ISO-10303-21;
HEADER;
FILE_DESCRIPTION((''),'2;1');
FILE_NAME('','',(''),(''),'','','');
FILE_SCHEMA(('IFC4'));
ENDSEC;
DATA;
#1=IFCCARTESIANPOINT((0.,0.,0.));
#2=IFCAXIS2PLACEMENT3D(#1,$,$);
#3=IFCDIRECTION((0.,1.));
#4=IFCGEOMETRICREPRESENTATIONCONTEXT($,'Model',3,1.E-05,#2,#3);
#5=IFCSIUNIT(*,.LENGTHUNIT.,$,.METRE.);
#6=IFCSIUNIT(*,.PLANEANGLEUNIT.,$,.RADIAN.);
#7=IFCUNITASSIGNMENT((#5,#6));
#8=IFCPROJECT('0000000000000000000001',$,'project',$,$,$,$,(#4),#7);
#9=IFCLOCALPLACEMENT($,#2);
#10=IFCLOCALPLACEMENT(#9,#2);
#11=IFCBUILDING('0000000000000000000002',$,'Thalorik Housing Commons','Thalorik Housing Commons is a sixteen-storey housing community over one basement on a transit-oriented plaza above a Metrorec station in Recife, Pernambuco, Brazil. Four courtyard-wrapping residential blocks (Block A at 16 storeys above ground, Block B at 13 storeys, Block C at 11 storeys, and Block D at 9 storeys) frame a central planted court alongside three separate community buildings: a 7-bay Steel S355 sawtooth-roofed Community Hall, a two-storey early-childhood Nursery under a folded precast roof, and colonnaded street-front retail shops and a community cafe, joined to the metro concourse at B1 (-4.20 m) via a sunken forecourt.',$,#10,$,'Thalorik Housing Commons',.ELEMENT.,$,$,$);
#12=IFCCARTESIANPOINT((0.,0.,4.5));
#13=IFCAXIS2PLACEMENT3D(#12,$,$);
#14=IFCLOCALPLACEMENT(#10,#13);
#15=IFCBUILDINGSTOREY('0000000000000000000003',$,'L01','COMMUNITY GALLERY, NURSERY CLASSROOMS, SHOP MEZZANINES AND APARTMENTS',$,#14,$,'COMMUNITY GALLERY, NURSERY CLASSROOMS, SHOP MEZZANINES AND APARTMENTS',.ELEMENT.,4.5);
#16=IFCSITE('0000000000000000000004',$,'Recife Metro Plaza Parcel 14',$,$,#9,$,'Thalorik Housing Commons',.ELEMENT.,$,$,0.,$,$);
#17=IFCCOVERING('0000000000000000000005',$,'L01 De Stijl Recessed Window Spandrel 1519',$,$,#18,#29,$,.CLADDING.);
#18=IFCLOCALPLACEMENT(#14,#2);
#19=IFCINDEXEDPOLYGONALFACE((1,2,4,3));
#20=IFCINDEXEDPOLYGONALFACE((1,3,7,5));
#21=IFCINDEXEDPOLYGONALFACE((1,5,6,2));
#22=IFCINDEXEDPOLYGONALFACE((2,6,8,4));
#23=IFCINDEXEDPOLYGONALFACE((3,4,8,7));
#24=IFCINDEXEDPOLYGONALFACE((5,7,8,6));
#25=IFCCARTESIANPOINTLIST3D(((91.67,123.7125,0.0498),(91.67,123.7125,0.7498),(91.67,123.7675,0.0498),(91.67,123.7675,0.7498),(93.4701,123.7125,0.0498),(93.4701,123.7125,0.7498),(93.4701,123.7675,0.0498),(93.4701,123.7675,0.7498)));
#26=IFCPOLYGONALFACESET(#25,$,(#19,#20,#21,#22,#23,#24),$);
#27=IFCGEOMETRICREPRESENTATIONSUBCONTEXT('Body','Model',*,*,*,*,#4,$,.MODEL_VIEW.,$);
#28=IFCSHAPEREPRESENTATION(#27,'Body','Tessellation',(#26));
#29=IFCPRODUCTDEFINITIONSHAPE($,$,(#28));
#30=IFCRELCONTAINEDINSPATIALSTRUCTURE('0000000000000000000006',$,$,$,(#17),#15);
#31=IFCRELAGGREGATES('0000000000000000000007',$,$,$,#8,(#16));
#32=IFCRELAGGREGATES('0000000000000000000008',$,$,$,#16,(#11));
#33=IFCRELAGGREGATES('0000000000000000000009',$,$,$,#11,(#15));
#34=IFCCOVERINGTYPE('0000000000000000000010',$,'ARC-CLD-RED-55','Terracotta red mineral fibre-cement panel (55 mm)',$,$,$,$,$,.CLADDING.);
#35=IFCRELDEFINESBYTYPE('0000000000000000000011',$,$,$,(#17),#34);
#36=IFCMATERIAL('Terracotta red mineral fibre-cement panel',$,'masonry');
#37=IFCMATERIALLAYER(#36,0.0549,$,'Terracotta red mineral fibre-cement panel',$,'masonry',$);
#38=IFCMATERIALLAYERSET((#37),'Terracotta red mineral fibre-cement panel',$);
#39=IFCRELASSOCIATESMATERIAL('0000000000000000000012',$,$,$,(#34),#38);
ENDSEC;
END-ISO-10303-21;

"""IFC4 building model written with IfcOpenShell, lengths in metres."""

from ifc_helpers import new_model, si_unit, direction, frame, origin, origin_2d, place, context, subcontext, project, spatial, rectangle, extrude, material, layer, layer_set, type_object, element, save


model = new_model("IFC4")

# Units and contexts
model_context = context("Model", 3, precision=1e-05, world=origin(), true_north=direction((0.0, 1.0)))
body_context = subcontext(model_context, "Body", "Model", "MODEL_VIEW")
ifc_project = project(units=[si_unit("LENGTHUNIT", "METRE"), si_unit("PLANEANGLEUNIT", "RADIAN")], contexts=[model_context])

# Site, building, storey
site_placement = place(None, origin())
site = spatial("IfcSite", under=ifc_project, at=site_placement, Name="Recife Metro Plaza Parcel 14", LongName="Thalorik Housing Commons", CompositionType="ELEMENT", RefElevation=0.0)
building_placement = place(site_placement, origin())
building = spatial("IfcBuilding", under=site, at=building_placement, Name="Thalorik Housing Commons", Description="Thalorik Housing Commons is a sixteen-storey housing community over one basement on a transit-oriented plaza above a Metrorec station in Recife, Pernambuco, Brazil. Four courtyard-wrapping residential blocks (Block A at 16 storeys above ground, Block B at 13 storeys, Block C at 11 storeys, and Block D at 9 storeys) frame a central planted court alongside three separate community buildings: a 7-bay Steel S355 sawtooth-roofed Community Hall, a two-storey early-childhood Nursery under a folded precast roof, and colonnaded street-front retail shops and a community cafe, joined to the metro concourse at B1 (-4.20 m) via a sunken forecourt.", LongName="Thalorik Housing Commons", CompositionType="ELEMENT")
storey_placement = place(building_placement, frame((0.0, 0.0, 4.5)))
storey = spatial("IfcBuildingStorey", under=building, at=storey_placement, Name="L01", Description="COMMUNITY GALLERY, NURSERY CLASSROOMS, SHOP MEZZANINES AND APARTMENTS", LongName="COMMUNITY GALLERY, NURSERY CLASSROOMS, SHOP MEZZANINES AND APARTMENTS", CompositionType="ELEMENT", Elevation=4.5)

# Covering
ifc_material_1 = material(Name="Terracotta red mineral fibre-cement panel", Category="masonry")
ifc_layer_1 = layer(ifc_material_1, 0.0549, Name="Terracotta red mineral fibre-cement panel", Category="masonry")
ifc_layer_set_1 = layer_set([ifc_layer_1], Name="Terracotta red mineral fibre-cement panel")
covering_type_1 = type_object("IfcCoveringType", Name="ARC-CLD-RED-55", Description="Terracotta red mineral fibre-cement panel (55 mm)", PredefinedType="CLADDING", material=ifc_layer_set_1)
covering_1_placement = place(storey_placement, frame((92.5701, 123.74, 0.0498), z_axis=(0.0, 0.0, 1.0), x_axis=(-1.0, 0.0, 0.0)))
element("IfcCovering", 1, at=covering_1_placement, inside=storey, type_object=covering_type_1, Name="L01 De Stijl Recessed Window Spandrel 1519", PredefinedType="CLADDING", context=body_context, shape_type="SweptSolid", body=[
    extrude(rectangle(XDim=1.8, YDim=0.0549, at=origin_2d()), origin(), (0.0, 0.0, 1.0), 0.7),
])

save(model, "model.ifc")
